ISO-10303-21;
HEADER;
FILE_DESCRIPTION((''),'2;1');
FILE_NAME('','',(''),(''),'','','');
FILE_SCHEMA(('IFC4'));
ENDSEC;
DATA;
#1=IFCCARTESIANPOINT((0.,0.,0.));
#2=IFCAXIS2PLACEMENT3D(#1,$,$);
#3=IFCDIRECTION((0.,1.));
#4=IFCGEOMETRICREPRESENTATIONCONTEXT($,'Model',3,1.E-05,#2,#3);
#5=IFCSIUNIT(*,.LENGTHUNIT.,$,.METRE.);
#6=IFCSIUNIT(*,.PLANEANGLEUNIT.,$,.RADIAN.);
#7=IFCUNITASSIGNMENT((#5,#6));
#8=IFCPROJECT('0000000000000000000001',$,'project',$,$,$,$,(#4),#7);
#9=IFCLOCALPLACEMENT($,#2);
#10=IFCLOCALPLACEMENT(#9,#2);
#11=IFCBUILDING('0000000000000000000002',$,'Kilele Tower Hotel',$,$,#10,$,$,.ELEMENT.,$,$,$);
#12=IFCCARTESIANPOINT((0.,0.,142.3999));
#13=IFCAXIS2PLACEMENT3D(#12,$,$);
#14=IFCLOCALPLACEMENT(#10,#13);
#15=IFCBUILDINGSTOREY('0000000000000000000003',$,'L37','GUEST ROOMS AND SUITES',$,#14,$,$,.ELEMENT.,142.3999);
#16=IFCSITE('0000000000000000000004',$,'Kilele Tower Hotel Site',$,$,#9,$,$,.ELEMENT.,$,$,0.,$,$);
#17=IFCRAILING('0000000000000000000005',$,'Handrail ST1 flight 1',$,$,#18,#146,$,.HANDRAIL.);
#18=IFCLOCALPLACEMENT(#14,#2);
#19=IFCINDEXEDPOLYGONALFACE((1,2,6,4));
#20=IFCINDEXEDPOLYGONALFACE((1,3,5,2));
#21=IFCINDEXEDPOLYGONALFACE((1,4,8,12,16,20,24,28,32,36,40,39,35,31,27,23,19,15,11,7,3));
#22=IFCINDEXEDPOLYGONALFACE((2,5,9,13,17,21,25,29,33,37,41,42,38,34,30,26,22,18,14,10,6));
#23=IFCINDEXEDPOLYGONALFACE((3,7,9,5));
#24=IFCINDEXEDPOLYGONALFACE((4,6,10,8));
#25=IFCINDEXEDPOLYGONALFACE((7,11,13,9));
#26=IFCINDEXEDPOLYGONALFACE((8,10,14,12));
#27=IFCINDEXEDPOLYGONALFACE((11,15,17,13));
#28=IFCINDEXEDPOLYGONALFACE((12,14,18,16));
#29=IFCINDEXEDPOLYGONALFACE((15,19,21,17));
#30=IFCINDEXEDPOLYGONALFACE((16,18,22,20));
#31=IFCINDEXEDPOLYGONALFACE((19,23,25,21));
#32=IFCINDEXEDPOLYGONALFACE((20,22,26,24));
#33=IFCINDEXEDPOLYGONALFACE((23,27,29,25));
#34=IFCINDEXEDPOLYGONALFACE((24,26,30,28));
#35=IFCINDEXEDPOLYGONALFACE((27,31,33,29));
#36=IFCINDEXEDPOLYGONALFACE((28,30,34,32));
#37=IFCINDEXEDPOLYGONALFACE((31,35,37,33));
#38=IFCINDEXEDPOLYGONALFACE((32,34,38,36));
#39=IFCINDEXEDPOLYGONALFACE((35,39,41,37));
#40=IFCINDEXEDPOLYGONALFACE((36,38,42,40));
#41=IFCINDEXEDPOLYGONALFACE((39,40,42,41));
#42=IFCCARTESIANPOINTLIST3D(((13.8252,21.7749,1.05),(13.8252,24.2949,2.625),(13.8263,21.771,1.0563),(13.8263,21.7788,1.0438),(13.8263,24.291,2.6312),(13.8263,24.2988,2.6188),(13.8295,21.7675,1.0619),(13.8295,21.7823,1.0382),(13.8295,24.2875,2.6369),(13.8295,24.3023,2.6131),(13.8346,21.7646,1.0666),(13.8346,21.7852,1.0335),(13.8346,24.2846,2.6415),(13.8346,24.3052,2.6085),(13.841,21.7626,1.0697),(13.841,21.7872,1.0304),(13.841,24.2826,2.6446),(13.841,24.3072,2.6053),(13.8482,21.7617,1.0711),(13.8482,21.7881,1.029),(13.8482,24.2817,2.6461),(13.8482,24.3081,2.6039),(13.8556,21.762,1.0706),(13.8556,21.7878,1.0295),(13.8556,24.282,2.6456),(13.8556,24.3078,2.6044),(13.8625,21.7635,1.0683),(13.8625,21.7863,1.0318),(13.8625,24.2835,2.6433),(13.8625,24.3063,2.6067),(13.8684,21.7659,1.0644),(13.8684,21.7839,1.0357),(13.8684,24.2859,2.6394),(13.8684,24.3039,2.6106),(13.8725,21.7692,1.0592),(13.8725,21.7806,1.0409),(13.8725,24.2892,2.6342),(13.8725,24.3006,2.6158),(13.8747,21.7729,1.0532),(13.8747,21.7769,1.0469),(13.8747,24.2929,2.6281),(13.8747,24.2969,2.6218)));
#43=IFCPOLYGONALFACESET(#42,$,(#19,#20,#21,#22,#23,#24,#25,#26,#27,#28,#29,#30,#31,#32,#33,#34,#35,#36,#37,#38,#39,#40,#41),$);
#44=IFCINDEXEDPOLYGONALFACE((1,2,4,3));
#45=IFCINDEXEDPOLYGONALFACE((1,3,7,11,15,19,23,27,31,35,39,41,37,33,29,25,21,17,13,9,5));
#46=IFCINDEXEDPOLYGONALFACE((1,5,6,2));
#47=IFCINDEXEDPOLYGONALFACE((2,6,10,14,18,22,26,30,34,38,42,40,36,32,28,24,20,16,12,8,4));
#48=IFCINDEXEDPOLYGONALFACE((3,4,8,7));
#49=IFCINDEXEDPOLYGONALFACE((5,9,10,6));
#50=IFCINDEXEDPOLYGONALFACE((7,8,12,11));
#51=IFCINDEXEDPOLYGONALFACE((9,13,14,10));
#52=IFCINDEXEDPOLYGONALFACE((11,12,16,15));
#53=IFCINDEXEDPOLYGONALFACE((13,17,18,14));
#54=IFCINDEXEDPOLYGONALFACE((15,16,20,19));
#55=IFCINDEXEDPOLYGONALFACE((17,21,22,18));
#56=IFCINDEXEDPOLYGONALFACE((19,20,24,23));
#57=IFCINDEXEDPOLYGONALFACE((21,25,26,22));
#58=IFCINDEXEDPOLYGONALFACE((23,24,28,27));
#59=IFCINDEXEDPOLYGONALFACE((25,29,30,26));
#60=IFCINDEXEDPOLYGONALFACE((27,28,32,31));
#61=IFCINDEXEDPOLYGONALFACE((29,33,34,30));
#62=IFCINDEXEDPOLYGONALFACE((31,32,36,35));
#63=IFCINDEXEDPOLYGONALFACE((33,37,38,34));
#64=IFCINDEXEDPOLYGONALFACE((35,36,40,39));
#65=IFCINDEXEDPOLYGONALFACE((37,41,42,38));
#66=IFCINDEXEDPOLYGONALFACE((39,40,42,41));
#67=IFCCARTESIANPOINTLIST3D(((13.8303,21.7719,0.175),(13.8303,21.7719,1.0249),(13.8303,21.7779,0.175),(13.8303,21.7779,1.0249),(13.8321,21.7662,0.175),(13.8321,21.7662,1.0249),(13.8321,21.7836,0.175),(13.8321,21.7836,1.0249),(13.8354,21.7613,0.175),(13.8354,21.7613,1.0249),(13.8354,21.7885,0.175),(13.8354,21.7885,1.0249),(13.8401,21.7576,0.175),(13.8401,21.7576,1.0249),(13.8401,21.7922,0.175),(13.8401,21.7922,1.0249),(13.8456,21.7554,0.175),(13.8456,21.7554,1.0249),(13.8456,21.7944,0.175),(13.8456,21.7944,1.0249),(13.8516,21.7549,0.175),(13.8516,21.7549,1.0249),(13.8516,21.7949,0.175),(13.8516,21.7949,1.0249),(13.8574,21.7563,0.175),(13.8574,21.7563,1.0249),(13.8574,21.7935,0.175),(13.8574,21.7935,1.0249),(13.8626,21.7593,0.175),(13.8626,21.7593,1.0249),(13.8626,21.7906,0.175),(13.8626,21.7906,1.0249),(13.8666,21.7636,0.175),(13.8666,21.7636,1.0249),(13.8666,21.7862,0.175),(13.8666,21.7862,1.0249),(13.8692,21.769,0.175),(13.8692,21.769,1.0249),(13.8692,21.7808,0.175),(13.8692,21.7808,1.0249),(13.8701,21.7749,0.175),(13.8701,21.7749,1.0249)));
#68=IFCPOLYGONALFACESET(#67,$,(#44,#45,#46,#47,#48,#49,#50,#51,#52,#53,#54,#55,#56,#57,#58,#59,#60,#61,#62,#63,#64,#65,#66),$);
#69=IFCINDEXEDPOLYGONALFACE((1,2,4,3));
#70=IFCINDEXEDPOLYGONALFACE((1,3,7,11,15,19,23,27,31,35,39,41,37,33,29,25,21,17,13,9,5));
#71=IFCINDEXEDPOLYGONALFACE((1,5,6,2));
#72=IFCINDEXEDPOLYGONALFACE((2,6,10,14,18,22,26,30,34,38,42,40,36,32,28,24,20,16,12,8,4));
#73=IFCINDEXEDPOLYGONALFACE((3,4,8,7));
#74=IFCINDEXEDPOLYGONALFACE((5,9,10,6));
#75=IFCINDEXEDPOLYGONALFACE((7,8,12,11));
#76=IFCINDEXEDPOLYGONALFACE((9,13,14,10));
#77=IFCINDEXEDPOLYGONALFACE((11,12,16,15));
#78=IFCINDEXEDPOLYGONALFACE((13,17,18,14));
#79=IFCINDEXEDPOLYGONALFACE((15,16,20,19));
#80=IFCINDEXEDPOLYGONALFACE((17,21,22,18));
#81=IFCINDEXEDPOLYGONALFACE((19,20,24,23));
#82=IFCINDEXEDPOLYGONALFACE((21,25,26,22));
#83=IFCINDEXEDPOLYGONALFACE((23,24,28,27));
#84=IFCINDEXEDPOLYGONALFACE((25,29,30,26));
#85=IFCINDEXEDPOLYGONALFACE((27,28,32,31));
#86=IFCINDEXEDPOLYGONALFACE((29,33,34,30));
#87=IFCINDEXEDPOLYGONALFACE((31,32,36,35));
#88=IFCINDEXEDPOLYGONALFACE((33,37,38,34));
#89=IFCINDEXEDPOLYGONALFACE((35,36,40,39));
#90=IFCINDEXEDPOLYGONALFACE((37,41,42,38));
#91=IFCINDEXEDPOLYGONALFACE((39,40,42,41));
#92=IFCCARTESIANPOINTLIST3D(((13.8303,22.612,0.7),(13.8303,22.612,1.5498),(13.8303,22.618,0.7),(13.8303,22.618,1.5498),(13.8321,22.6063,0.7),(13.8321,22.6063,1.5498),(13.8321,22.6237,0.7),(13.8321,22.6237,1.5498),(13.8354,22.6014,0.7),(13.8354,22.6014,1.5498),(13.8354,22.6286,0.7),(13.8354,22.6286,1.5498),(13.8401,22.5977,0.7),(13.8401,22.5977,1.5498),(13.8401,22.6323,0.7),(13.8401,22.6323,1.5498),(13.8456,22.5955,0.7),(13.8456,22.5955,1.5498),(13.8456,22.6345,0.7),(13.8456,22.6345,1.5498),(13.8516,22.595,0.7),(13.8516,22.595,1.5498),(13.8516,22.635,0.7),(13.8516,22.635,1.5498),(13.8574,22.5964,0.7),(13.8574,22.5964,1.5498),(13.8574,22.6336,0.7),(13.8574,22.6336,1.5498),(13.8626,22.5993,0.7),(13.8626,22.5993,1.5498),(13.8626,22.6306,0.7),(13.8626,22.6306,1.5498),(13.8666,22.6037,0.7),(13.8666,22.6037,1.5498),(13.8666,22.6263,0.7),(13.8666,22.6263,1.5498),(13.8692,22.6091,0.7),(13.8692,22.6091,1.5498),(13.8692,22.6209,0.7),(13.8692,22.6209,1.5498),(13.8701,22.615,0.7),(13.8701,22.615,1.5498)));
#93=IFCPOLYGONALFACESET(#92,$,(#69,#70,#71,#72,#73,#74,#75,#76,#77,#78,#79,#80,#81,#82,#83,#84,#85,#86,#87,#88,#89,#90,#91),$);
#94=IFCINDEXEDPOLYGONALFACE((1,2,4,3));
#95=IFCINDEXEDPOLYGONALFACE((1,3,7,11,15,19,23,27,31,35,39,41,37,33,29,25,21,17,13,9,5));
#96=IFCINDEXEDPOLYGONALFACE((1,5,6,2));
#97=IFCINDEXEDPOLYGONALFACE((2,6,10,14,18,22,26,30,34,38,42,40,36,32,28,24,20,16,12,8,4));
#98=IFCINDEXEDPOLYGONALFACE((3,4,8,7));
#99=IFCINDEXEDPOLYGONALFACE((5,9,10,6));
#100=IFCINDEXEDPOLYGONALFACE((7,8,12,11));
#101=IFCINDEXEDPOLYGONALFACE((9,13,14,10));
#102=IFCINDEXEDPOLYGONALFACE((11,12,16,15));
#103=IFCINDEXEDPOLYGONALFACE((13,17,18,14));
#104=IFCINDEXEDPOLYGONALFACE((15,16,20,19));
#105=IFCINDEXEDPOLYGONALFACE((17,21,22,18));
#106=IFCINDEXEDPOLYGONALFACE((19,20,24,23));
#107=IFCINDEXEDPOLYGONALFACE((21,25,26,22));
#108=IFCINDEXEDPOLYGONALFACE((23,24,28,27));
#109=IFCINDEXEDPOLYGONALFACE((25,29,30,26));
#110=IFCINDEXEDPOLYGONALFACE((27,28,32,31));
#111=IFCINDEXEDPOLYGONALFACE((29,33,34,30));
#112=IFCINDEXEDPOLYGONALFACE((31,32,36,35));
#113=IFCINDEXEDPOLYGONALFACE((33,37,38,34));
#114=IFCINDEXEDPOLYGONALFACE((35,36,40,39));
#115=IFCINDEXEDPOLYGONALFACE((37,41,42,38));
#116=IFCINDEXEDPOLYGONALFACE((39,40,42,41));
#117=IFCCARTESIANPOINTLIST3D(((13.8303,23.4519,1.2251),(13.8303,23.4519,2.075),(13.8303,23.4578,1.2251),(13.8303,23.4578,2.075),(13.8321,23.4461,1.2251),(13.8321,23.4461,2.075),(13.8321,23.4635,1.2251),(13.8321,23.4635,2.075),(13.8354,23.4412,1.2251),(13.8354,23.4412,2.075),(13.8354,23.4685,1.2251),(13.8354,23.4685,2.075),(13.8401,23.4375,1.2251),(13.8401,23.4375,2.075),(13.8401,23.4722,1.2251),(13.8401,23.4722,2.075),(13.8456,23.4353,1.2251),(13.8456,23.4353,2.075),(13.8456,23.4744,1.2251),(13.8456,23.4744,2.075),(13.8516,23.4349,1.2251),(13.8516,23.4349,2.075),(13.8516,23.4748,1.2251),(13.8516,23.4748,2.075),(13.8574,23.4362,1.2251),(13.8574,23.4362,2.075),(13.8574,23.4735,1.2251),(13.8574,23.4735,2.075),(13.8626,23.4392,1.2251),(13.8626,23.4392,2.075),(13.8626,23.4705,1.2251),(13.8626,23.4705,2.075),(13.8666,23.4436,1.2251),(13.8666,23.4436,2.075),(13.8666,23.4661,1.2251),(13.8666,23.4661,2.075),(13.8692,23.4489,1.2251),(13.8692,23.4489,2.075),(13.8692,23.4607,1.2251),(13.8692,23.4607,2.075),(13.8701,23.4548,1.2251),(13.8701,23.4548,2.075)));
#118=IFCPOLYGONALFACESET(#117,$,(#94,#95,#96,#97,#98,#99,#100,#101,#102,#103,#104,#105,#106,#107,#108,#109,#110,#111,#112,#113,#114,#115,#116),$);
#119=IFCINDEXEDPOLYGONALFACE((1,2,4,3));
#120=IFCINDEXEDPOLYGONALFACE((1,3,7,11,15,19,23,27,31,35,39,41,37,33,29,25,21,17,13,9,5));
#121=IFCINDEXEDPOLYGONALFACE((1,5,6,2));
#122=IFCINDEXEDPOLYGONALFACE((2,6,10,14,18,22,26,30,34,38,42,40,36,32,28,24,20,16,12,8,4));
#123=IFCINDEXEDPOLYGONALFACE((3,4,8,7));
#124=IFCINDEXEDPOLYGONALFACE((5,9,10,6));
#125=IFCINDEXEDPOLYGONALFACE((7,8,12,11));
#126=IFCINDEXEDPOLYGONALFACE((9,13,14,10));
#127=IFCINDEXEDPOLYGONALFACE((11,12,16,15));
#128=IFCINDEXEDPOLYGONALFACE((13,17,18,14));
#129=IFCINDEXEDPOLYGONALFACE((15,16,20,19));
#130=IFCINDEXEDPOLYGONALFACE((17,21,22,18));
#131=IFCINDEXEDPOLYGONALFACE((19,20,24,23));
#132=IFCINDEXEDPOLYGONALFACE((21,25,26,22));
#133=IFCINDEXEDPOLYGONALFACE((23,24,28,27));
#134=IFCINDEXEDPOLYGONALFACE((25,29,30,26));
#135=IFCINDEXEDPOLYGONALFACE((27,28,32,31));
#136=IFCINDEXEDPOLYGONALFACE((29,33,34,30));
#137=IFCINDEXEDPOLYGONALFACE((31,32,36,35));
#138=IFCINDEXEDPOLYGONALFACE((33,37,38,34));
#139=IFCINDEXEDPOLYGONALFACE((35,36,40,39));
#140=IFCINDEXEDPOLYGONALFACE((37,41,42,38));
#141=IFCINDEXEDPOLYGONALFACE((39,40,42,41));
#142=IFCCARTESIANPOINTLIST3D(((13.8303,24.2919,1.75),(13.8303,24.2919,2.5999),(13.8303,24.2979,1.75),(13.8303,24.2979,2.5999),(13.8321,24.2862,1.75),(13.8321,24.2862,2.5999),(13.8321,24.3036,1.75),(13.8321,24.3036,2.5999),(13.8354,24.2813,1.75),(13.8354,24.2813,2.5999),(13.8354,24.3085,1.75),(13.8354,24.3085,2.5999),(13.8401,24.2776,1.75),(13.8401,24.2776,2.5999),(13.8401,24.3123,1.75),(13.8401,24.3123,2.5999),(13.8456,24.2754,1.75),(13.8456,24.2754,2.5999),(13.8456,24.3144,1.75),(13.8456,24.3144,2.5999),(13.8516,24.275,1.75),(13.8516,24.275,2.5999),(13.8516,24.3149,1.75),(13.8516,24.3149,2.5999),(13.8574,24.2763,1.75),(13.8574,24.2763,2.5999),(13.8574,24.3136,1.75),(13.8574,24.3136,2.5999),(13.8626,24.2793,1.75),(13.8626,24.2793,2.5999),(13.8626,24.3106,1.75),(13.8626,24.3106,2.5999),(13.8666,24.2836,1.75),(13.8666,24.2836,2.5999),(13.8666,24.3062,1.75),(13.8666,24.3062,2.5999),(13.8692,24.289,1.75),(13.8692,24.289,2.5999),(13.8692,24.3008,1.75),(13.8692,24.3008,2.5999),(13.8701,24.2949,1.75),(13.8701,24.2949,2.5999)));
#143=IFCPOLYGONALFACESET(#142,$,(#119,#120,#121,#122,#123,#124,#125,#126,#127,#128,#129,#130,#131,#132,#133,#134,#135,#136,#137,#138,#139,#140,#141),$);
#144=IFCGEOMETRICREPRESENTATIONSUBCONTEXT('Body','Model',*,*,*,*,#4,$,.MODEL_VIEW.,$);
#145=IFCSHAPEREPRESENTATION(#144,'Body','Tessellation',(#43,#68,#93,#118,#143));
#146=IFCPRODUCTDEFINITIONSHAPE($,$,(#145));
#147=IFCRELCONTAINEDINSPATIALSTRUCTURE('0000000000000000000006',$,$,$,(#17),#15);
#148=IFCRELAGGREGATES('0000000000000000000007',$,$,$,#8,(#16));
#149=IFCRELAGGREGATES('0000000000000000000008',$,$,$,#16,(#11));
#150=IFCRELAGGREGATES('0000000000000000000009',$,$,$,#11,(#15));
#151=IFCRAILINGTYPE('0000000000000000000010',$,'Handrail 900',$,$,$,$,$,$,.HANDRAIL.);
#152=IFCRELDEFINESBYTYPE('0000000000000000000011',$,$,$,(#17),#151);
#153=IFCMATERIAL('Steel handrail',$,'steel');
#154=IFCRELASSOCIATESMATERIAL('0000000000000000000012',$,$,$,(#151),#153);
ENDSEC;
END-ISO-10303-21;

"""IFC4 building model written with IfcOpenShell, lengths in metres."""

from ifc_helpers import new_model, si_unit, direction, frame, origin, origin_2d, place, context, subcontext, project, spatial, circle, extrude, material, type_object, element, save


model = new_model("IFC4")

# Units and contexts
model_context = context("Model", 3, precision=1e-05, world=origin(), true_north=direction((0.0, 1.0)))
body_context = subcontext(model_context, "Body", "Model", "MODEL_VIEW")
ifc_project = project(units=[si_unit("LENGTHUNIT", "METRE"), si_unit("PLANEANGLEUNIT", "RADIAN")], contexts=[model_context])

# Site, building, storey
site_placement = place(None, origin())
site = spatial("IfcSite", under=ifc_project, at=site_placement, Name="Kilele Tower Hotel Site", CompositionType="ELEMENT", RefElevation=0.0)
building_placement = place(site_placement, origin())
building = spatial("IfcBuilding", under=site, at=building_placement, Name="Kilele Tower Hotel", CompositionType="ELEMENT")
storey_placement = place(building_placement, frame((0.0, 0.0, 142.3999)))
storey = spatial("IfcBuildingStorey", under=building, at=storey_placement, Name="L37", Description="GUEST ROOMS AND SUITES", CompositionType="ELEMENT", Elevation=142.3999)

# Railing
ifc_material_1 = material(Name="Steel handrail", Category="steel")
railing_type_1 = type_object("IfcRailingType", Name="Handrail 900", PredefinedType="HANDRAIL", material=ifc_material_1)
for number, where, name in (
    (1, (13.8501, 21.7749, 0.175), "Handrail ST1 flight 1"),
):
    element("IfcRailing", number, at=place(storey_placement, frame(where)), inside=storey, type_object=railing_type_1, Name=name, PredefinedType="HANDRAIL", context=body_context, shape_type="SweptSolid", body=[
        extrude(circle(Radius=0.0249, at=origin_2d()), frame((0.0, 0.0, 0.875), z_axis=(0.0, 0.848008, 0.529984), x_axis=(-1.0, 0.0, 0.0)), (0.0, 0.0, 1.0), 2.9717),
        extrude(circle(Radius=0.02, at=origin_2d()), origin(), (0.0, 0.0, 1.0), 0.8499),
        extrude(circle(Radius=0.02, at=origin_2d()), frame((0.0, 0.8401, 0.5249)), (0.0, 0.0, 1.0), 0.8499),
        extrude(circle(Radius=0.02, at=origin_2d()), frame((0.0, 1.6799, 1.05)), (0.0, 0.0, 1.0), 0.8499),
        extrude(circle(Radius=0.02, at=origin_2d()), frame((0.0, 2.52, 1.575)), (0.0, 0.0, 1.0), 0.8499),
    ])

save(model, "model.ifc")
